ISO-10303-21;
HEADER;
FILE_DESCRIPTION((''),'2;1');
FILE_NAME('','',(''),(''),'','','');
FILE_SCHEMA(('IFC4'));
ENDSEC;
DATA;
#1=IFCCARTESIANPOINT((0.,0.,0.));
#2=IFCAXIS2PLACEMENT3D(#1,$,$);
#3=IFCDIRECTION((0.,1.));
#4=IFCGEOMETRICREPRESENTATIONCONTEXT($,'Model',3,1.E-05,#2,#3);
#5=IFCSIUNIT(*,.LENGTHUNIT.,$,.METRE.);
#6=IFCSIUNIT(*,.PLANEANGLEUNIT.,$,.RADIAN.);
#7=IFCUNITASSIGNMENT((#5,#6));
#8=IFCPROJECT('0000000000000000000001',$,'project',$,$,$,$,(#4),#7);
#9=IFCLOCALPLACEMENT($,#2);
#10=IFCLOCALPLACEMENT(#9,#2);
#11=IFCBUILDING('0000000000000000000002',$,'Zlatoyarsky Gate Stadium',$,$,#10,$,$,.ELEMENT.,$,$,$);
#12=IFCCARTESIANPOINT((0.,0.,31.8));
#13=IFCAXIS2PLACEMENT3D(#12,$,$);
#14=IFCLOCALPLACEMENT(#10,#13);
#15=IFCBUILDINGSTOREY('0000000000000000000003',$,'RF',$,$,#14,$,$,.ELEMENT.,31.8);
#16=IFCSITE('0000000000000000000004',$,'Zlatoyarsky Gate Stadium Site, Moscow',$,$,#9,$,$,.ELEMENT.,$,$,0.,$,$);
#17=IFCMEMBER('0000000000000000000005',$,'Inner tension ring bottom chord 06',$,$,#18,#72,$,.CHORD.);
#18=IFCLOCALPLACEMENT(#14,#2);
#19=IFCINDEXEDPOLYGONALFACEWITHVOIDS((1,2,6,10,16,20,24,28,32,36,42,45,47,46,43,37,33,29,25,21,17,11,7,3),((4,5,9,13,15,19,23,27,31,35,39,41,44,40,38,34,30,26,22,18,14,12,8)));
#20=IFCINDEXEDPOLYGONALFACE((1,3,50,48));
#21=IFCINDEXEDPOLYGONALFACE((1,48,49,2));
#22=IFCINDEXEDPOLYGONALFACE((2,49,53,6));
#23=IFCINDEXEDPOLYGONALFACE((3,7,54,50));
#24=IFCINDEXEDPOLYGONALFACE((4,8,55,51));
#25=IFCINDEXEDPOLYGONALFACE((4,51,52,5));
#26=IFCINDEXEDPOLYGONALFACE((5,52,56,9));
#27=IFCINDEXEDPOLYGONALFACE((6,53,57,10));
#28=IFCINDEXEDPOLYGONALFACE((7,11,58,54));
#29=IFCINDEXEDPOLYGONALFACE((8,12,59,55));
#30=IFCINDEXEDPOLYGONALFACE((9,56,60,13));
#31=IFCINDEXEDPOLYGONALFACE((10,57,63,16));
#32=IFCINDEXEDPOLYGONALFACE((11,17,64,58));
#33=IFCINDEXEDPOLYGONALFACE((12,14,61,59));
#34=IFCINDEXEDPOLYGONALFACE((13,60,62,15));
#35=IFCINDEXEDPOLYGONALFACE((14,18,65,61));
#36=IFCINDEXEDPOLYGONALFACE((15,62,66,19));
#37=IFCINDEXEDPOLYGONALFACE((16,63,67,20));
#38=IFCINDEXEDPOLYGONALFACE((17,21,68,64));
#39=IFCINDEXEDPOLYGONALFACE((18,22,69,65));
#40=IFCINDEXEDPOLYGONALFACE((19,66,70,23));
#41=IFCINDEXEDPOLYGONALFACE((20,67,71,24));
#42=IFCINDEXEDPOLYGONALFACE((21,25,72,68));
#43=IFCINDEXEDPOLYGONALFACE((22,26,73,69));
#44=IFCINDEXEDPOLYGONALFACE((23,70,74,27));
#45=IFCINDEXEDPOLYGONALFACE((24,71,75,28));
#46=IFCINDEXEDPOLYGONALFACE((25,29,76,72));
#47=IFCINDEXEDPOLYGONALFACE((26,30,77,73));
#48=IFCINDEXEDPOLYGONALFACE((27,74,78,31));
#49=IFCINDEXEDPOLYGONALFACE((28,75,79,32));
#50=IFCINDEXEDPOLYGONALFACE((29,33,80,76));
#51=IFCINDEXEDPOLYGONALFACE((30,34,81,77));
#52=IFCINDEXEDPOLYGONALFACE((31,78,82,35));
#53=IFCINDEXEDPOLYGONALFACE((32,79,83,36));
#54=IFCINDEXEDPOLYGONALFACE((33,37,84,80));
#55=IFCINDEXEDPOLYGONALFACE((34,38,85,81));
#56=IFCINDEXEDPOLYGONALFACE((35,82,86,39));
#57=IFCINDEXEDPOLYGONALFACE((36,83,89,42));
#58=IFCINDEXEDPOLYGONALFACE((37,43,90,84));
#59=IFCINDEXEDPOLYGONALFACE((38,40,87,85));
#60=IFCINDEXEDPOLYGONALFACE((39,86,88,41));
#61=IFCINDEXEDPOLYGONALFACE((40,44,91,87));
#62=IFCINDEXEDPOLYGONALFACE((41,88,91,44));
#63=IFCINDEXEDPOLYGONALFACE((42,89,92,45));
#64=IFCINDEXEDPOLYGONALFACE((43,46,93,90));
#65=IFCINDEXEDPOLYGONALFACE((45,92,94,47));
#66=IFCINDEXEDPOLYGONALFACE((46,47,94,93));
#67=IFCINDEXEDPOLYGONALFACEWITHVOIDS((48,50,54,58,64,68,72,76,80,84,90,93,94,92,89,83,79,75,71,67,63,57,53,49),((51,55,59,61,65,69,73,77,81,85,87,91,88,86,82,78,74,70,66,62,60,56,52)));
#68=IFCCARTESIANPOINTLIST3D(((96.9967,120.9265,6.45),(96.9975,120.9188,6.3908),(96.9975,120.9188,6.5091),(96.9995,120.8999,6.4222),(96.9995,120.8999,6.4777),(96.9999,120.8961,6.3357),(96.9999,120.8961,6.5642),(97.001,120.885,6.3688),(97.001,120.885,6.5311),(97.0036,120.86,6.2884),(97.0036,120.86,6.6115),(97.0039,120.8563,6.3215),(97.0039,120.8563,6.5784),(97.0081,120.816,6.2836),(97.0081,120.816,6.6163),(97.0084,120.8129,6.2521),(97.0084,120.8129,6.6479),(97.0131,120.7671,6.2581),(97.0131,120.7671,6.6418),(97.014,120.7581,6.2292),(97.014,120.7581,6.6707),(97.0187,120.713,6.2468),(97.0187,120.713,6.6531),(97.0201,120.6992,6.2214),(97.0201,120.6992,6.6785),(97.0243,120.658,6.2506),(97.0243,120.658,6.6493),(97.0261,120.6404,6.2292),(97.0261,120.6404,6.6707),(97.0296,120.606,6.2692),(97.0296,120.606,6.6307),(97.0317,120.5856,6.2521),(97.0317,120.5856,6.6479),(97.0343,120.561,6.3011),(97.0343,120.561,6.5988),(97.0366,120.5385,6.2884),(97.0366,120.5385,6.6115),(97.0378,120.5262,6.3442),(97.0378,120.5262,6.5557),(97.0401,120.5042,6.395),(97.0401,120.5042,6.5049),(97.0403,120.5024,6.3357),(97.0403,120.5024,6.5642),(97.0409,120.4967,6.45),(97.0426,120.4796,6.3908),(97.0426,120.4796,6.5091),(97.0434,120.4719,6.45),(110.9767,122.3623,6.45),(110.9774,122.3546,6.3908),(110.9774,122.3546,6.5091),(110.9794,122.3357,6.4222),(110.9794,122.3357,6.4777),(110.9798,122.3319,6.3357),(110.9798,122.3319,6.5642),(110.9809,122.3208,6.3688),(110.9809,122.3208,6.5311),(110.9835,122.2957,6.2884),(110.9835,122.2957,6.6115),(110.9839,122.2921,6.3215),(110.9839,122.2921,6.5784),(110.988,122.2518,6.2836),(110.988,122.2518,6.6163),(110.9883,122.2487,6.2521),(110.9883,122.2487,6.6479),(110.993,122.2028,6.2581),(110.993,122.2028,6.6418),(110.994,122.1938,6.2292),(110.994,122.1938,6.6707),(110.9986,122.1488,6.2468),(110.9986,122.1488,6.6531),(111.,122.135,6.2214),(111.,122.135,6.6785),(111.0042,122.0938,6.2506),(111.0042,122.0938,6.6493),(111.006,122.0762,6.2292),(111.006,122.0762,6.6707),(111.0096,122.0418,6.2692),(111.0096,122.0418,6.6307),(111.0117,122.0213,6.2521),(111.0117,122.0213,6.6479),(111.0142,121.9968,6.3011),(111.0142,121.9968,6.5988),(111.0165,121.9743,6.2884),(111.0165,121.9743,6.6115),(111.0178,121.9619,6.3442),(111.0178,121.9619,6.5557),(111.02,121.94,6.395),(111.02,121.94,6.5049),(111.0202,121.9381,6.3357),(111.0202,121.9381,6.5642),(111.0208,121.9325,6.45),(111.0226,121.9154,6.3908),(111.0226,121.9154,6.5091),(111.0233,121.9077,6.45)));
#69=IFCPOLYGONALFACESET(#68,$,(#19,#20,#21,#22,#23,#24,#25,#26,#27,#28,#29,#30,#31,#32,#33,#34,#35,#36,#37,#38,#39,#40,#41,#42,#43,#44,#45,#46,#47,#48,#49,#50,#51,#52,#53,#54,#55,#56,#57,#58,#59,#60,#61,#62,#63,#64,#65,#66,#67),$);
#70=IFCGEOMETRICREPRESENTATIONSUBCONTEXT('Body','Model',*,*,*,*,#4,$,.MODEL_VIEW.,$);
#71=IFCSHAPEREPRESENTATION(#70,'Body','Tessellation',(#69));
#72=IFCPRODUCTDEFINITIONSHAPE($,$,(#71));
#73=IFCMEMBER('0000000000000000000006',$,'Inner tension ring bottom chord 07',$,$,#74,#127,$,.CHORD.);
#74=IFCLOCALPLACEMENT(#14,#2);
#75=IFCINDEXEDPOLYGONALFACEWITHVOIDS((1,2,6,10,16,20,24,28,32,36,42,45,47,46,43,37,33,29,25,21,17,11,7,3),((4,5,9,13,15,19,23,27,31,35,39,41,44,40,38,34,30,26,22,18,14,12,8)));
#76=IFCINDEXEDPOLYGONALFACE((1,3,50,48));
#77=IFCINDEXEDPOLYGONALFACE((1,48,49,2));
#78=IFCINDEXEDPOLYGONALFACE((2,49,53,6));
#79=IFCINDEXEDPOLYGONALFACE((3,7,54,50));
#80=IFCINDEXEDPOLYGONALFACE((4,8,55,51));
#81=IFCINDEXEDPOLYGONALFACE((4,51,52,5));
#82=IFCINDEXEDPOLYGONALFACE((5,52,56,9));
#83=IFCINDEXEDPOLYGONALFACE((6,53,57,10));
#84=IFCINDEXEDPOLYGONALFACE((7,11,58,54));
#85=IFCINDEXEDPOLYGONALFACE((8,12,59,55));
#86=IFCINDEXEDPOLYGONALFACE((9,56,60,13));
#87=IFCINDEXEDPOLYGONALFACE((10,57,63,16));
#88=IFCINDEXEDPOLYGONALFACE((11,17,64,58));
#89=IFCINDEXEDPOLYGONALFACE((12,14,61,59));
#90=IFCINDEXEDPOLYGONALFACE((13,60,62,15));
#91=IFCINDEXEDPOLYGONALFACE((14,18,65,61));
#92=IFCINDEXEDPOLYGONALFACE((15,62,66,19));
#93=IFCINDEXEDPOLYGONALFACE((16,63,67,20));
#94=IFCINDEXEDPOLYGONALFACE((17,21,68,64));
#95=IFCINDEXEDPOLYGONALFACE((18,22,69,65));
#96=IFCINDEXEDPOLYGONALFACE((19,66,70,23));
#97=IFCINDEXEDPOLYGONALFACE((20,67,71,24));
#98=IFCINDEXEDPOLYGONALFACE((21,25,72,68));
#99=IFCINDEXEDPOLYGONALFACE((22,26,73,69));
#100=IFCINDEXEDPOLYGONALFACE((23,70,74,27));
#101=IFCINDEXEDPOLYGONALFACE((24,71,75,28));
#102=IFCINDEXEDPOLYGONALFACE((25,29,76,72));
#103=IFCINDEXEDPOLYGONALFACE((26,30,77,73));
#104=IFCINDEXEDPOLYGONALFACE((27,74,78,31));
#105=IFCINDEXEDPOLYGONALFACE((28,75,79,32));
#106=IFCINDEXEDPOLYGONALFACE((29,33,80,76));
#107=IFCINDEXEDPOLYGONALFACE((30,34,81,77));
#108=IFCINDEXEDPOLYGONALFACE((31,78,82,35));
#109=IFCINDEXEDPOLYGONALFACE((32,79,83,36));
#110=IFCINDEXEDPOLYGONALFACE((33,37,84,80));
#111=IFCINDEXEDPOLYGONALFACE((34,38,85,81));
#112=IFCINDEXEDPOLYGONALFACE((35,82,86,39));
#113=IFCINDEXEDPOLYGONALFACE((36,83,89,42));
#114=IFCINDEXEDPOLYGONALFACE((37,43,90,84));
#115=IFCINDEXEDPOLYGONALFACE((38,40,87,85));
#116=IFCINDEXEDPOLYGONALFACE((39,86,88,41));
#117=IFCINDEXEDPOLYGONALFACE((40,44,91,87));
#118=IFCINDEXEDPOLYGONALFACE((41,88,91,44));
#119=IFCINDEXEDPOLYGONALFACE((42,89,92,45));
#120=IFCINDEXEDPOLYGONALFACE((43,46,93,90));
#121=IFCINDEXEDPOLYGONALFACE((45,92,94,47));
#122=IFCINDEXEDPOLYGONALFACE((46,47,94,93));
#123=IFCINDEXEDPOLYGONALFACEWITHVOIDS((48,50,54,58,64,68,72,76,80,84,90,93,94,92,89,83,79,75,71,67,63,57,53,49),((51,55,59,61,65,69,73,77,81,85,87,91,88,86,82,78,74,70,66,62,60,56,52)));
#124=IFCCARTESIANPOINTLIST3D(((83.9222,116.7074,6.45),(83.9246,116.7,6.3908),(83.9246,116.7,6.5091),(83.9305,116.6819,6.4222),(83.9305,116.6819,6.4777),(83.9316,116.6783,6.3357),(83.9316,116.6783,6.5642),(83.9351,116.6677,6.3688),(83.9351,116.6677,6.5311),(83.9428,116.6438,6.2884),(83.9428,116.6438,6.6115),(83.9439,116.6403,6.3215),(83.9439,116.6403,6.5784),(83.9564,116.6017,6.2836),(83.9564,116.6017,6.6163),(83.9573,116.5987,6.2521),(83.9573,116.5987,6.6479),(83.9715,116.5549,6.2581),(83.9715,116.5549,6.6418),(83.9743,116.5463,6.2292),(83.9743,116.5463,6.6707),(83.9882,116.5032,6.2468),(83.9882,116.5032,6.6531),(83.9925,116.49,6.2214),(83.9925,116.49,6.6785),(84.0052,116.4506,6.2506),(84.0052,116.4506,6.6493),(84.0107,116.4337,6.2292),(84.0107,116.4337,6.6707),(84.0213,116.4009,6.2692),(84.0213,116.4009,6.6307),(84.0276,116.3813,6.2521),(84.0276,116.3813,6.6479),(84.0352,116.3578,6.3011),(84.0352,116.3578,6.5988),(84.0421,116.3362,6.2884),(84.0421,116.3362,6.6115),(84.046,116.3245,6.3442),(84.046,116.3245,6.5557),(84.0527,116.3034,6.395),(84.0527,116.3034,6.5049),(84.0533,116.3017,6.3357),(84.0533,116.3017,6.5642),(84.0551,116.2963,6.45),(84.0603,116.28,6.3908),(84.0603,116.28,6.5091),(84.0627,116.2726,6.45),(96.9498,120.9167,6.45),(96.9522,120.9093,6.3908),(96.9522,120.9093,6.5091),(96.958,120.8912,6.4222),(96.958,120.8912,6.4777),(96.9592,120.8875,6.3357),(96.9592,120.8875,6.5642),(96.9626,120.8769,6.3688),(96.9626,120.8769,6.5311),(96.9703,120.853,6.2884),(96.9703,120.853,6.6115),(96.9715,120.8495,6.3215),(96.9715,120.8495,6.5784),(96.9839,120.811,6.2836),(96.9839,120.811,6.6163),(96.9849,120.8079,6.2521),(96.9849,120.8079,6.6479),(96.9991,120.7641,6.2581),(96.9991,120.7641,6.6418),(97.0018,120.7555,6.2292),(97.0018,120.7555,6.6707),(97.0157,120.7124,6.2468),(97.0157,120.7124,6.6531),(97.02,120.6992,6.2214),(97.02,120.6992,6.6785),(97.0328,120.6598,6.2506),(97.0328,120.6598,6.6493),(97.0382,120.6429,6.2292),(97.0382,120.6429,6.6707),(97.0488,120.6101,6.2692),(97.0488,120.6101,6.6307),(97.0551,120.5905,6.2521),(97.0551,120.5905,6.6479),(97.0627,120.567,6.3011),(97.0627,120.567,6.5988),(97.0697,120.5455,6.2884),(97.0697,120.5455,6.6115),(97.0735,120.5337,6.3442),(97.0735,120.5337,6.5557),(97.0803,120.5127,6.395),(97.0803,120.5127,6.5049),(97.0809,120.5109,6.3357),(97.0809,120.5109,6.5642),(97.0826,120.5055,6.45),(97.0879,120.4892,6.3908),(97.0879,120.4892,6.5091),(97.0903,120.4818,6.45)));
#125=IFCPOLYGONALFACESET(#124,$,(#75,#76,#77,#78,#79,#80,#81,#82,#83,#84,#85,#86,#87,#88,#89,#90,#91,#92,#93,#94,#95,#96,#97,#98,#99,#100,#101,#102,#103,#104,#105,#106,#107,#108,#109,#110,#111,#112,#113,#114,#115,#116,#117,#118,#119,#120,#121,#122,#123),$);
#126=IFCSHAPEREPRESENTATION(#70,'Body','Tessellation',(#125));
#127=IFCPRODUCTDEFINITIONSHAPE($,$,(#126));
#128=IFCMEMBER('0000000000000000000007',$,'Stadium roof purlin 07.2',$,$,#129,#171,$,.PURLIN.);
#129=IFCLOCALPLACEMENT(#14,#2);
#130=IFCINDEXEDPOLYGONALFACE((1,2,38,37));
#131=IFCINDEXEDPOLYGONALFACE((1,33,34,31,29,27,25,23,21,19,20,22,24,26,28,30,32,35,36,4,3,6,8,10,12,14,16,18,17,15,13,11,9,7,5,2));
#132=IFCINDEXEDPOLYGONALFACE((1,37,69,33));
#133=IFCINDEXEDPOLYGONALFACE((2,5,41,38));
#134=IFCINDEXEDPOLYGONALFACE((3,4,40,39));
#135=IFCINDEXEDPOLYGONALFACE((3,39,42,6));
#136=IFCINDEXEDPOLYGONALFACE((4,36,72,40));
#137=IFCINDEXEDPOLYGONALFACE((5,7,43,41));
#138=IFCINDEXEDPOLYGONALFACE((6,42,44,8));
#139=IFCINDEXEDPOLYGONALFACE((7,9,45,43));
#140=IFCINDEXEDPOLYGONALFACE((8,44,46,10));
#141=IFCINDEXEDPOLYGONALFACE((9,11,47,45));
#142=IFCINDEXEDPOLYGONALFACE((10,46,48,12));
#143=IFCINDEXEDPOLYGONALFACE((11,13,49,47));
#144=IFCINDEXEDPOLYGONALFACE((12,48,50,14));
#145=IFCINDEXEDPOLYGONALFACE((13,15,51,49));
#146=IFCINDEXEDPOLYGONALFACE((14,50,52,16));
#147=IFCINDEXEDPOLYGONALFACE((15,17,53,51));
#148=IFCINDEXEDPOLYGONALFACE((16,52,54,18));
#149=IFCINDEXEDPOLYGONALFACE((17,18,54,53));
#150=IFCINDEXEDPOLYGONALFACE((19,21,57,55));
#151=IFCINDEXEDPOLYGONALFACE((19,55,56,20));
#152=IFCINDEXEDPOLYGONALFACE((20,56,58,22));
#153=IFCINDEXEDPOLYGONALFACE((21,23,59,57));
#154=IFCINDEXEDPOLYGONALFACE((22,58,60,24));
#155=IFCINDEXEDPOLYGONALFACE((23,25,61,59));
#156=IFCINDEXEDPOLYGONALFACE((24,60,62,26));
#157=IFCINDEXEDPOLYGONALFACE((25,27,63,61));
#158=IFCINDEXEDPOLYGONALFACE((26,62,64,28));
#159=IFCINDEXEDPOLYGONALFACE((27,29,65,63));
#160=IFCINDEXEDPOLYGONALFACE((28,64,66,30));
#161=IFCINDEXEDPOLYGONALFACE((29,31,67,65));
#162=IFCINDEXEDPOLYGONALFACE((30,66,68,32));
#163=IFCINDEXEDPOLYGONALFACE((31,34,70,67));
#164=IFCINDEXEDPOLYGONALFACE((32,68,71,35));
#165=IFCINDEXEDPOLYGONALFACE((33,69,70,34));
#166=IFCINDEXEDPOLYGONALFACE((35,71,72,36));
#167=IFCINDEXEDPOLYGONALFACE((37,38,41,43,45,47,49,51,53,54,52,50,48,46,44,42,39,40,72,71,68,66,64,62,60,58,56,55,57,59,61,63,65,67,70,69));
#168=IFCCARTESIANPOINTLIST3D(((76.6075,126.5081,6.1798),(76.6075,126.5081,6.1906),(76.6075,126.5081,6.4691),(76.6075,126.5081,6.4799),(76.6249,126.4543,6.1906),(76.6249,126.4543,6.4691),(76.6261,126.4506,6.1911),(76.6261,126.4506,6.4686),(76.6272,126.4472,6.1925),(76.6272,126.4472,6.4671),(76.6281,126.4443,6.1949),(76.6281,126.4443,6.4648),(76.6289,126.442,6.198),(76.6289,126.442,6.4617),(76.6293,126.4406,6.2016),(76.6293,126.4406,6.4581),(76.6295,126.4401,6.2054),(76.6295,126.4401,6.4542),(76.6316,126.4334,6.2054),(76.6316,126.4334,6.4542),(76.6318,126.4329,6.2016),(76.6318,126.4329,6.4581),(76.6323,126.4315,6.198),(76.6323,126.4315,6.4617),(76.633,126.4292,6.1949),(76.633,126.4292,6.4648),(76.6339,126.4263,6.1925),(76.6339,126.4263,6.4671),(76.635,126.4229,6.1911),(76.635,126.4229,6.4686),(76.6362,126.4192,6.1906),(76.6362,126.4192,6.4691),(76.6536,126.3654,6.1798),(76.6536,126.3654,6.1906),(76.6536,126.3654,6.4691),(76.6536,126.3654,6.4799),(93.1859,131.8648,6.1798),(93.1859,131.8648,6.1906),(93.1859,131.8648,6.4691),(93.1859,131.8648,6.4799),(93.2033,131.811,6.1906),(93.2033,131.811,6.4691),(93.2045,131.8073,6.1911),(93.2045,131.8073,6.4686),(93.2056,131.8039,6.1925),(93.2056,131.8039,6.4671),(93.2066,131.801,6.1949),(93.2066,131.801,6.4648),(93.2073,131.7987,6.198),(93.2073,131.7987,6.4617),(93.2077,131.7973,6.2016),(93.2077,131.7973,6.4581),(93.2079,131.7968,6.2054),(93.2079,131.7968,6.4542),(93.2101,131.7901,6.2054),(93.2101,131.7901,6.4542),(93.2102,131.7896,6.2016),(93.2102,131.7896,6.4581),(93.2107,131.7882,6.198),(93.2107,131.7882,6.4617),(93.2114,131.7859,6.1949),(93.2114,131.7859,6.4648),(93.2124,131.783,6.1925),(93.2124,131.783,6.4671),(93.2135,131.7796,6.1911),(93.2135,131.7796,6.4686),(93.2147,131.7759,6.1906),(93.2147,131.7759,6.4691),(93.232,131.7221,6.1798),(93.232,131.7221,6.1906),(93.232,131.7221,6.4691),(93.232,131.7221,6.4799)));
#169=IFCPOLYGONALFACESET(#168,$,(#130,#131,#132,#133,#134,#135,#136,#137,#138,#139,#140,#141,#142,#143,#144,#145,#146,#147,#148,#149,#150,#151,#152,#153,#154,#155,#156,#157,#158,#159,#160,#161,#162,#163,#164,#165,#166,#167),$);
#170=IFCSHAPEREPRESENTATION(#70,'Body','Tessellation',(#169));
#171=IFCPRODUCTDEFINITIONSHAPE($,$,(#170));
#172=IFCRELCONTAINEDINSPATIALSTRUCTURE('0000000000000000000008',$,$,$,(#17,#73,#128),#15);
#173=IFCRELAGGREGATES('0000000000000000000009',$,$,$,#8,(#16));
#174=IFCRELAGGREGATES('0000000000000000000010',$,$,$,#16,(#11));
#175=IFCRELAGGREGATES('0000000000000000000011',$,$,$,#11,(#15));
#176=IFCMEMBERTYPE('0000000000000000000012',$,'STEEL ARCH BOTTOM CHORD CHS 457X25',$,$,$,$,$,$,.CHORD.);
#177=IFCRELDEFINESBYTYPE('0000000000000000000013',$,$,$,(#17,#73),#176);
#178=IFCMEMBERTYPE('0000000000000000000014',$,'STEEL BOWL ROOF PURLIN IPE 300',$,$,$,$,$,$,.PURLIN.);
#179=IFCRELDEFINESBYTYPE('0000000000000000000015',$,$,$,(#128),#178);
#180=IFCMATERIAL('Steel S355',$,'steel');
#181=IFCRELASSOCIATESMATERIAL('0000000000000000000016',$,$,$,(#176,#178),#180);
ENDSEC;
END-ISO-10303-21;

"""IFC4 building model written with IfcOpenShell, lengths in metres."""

from ifc_helpers import new_model, si_unit, direction, frame, origin, origin_2d, place, context, subcontext, project, spatial, hollow_circle, i_section, extrude, material, material_profile, profile_set, type_object, element, save


model = new_model("IFC4")

# Units and contexts
model_context = context("Model", 3, precision=1e-05, world=origin(), true_north=direction((0.0, 1.0)))
body_context = subcontext(model_context, "Body", "Model", "MODEL_VIEW")
ifc_project = project(units=[si_unit("LENGTHUNIT", "METRE"), si_unit("PLANEANGLEUNIT", "RADIAN")], contexts=[model_context])

# Site, building, storey
site_placement = place(None, origin())
site = spatial("IfcSite", under=ifc_project, at=site_placement, Name="Zlatoyarsky Gate Stadium Site, Moscow", CompositionType="ELEMENT", RefElevation=0.0)
building_placement = place(site_placement, origin())
building = spatial("IfcBuilding", under=site, at=building_placement, Name="Zlatoyarsky Gate Stadium", CompositionType="ELEMENT")
storey_placement = place(building_placement, frame((0.0, 0.0, 31.8)))
storey = spatial("IfcBuildingStorey", under=building, at=storey_placement, Name="RF", CompositionType="ELEMENT", Elevation=31.8)

# Members
ifc_material_1 = material(Name="Steel S355", Category="steel")
ifc_material_profile_1 = material_profile(ifc_material_1, hollow_circle(Radius=0.2285, WallThickness=0.0249, at=origin_2d()), Name="CHS 457X25")
ifc_profile_set_1 = profile_set([ifc_material_profile_1], Name="Steel S355")
member_type_1 = type_object("IfcMemberType", Name="STEEL ARCH BOTTOM CHORD CHS 457X25", PredefinedType="CHORD", material=ifc_profile_set_1)
member_1_placement = place(storey_placement, frame((111.0, 122.135, 6.45), z_axis=(-0.994767, -0.102166, 0.0), x_axis=(0.102166, -0.994767, 0.0)))
element("IfcMember", 1, at=member_1_placement, inside=storey, type_object=member_type_1, Name="Inner tension ring bottom chord 06", PredefinedType="CHORD", context=body_context, shape_type="SweptSolid", body=[
    extrude(hollow_circle(Radius=0.2285, WallThickness=0.0249, at=origin_2d()), origin(), (0.0, 0.0, 1.0), 14.0535),
])
member_2_placement = place(storey_placement, frame((97.02, 120.6992, 6.45), z_axis=(-0.951564, -0.307451, 0.0), x_axis=(0.307451, -0.951564, 0.0)))
element("IfcMember", 2, at=member_2_placement, inside=storey, type_object=member_type_1, Name="Inner tension ring bottom chord 07", PredefinedType="CHORD", context=body_context, shape_type="SweptSolid", body=[
    extrude(hollow_circle(Radius=0.2285, WallThickness=0.0249, at=origin_2d()), origin(), (0.0, 0.0, 1.0), 13.6907),
])
ifc_material_profile_2 = material_profile(ifc_material_1, i_section(OverallWidth=0.1499, OverallDepth=0.3, WebThickness=0.0071, FlangeThickness=0.0107, FilletRadius=0.0149, at=origin_2d()), Name="IPE 300")
ifc_profile_set_2 = profile_set([ifc_material_profile_2], Name="Steel S355")
member_type_2 = type_object("IfcMemberType", Name="STEEL BOWL ROOF PURLIN IPE 300", PredefinedType="PURLIN", material=ifc_profile_set_2)
member_3_placement = place(storey_placement, frame((93.209, 131.7935, 6.3298), z_axis=(-0.95156, -0.307462, 0.0), x_axis=(0.307462, -0.95156, 0.0)))
element("IfcMember", 3, at=member_3_placement, inside=storey, type_object=member_type_2, Name="Stadium roof purlin 07.2", PredefinedType="PURLIN", context=body_context, shape_type="SweptSolid", body=[
    extrude(i_section(OverallWidth=0.1499, OverallDepth=0.3, WebThickness=0.0071, FlangeThickness=0.0107, FilletRadius=0.0149, at=origin_2d()), origin(), (0.0, 0.0, 1.0), 17.4224),
])

save(model, "model.ifc")
